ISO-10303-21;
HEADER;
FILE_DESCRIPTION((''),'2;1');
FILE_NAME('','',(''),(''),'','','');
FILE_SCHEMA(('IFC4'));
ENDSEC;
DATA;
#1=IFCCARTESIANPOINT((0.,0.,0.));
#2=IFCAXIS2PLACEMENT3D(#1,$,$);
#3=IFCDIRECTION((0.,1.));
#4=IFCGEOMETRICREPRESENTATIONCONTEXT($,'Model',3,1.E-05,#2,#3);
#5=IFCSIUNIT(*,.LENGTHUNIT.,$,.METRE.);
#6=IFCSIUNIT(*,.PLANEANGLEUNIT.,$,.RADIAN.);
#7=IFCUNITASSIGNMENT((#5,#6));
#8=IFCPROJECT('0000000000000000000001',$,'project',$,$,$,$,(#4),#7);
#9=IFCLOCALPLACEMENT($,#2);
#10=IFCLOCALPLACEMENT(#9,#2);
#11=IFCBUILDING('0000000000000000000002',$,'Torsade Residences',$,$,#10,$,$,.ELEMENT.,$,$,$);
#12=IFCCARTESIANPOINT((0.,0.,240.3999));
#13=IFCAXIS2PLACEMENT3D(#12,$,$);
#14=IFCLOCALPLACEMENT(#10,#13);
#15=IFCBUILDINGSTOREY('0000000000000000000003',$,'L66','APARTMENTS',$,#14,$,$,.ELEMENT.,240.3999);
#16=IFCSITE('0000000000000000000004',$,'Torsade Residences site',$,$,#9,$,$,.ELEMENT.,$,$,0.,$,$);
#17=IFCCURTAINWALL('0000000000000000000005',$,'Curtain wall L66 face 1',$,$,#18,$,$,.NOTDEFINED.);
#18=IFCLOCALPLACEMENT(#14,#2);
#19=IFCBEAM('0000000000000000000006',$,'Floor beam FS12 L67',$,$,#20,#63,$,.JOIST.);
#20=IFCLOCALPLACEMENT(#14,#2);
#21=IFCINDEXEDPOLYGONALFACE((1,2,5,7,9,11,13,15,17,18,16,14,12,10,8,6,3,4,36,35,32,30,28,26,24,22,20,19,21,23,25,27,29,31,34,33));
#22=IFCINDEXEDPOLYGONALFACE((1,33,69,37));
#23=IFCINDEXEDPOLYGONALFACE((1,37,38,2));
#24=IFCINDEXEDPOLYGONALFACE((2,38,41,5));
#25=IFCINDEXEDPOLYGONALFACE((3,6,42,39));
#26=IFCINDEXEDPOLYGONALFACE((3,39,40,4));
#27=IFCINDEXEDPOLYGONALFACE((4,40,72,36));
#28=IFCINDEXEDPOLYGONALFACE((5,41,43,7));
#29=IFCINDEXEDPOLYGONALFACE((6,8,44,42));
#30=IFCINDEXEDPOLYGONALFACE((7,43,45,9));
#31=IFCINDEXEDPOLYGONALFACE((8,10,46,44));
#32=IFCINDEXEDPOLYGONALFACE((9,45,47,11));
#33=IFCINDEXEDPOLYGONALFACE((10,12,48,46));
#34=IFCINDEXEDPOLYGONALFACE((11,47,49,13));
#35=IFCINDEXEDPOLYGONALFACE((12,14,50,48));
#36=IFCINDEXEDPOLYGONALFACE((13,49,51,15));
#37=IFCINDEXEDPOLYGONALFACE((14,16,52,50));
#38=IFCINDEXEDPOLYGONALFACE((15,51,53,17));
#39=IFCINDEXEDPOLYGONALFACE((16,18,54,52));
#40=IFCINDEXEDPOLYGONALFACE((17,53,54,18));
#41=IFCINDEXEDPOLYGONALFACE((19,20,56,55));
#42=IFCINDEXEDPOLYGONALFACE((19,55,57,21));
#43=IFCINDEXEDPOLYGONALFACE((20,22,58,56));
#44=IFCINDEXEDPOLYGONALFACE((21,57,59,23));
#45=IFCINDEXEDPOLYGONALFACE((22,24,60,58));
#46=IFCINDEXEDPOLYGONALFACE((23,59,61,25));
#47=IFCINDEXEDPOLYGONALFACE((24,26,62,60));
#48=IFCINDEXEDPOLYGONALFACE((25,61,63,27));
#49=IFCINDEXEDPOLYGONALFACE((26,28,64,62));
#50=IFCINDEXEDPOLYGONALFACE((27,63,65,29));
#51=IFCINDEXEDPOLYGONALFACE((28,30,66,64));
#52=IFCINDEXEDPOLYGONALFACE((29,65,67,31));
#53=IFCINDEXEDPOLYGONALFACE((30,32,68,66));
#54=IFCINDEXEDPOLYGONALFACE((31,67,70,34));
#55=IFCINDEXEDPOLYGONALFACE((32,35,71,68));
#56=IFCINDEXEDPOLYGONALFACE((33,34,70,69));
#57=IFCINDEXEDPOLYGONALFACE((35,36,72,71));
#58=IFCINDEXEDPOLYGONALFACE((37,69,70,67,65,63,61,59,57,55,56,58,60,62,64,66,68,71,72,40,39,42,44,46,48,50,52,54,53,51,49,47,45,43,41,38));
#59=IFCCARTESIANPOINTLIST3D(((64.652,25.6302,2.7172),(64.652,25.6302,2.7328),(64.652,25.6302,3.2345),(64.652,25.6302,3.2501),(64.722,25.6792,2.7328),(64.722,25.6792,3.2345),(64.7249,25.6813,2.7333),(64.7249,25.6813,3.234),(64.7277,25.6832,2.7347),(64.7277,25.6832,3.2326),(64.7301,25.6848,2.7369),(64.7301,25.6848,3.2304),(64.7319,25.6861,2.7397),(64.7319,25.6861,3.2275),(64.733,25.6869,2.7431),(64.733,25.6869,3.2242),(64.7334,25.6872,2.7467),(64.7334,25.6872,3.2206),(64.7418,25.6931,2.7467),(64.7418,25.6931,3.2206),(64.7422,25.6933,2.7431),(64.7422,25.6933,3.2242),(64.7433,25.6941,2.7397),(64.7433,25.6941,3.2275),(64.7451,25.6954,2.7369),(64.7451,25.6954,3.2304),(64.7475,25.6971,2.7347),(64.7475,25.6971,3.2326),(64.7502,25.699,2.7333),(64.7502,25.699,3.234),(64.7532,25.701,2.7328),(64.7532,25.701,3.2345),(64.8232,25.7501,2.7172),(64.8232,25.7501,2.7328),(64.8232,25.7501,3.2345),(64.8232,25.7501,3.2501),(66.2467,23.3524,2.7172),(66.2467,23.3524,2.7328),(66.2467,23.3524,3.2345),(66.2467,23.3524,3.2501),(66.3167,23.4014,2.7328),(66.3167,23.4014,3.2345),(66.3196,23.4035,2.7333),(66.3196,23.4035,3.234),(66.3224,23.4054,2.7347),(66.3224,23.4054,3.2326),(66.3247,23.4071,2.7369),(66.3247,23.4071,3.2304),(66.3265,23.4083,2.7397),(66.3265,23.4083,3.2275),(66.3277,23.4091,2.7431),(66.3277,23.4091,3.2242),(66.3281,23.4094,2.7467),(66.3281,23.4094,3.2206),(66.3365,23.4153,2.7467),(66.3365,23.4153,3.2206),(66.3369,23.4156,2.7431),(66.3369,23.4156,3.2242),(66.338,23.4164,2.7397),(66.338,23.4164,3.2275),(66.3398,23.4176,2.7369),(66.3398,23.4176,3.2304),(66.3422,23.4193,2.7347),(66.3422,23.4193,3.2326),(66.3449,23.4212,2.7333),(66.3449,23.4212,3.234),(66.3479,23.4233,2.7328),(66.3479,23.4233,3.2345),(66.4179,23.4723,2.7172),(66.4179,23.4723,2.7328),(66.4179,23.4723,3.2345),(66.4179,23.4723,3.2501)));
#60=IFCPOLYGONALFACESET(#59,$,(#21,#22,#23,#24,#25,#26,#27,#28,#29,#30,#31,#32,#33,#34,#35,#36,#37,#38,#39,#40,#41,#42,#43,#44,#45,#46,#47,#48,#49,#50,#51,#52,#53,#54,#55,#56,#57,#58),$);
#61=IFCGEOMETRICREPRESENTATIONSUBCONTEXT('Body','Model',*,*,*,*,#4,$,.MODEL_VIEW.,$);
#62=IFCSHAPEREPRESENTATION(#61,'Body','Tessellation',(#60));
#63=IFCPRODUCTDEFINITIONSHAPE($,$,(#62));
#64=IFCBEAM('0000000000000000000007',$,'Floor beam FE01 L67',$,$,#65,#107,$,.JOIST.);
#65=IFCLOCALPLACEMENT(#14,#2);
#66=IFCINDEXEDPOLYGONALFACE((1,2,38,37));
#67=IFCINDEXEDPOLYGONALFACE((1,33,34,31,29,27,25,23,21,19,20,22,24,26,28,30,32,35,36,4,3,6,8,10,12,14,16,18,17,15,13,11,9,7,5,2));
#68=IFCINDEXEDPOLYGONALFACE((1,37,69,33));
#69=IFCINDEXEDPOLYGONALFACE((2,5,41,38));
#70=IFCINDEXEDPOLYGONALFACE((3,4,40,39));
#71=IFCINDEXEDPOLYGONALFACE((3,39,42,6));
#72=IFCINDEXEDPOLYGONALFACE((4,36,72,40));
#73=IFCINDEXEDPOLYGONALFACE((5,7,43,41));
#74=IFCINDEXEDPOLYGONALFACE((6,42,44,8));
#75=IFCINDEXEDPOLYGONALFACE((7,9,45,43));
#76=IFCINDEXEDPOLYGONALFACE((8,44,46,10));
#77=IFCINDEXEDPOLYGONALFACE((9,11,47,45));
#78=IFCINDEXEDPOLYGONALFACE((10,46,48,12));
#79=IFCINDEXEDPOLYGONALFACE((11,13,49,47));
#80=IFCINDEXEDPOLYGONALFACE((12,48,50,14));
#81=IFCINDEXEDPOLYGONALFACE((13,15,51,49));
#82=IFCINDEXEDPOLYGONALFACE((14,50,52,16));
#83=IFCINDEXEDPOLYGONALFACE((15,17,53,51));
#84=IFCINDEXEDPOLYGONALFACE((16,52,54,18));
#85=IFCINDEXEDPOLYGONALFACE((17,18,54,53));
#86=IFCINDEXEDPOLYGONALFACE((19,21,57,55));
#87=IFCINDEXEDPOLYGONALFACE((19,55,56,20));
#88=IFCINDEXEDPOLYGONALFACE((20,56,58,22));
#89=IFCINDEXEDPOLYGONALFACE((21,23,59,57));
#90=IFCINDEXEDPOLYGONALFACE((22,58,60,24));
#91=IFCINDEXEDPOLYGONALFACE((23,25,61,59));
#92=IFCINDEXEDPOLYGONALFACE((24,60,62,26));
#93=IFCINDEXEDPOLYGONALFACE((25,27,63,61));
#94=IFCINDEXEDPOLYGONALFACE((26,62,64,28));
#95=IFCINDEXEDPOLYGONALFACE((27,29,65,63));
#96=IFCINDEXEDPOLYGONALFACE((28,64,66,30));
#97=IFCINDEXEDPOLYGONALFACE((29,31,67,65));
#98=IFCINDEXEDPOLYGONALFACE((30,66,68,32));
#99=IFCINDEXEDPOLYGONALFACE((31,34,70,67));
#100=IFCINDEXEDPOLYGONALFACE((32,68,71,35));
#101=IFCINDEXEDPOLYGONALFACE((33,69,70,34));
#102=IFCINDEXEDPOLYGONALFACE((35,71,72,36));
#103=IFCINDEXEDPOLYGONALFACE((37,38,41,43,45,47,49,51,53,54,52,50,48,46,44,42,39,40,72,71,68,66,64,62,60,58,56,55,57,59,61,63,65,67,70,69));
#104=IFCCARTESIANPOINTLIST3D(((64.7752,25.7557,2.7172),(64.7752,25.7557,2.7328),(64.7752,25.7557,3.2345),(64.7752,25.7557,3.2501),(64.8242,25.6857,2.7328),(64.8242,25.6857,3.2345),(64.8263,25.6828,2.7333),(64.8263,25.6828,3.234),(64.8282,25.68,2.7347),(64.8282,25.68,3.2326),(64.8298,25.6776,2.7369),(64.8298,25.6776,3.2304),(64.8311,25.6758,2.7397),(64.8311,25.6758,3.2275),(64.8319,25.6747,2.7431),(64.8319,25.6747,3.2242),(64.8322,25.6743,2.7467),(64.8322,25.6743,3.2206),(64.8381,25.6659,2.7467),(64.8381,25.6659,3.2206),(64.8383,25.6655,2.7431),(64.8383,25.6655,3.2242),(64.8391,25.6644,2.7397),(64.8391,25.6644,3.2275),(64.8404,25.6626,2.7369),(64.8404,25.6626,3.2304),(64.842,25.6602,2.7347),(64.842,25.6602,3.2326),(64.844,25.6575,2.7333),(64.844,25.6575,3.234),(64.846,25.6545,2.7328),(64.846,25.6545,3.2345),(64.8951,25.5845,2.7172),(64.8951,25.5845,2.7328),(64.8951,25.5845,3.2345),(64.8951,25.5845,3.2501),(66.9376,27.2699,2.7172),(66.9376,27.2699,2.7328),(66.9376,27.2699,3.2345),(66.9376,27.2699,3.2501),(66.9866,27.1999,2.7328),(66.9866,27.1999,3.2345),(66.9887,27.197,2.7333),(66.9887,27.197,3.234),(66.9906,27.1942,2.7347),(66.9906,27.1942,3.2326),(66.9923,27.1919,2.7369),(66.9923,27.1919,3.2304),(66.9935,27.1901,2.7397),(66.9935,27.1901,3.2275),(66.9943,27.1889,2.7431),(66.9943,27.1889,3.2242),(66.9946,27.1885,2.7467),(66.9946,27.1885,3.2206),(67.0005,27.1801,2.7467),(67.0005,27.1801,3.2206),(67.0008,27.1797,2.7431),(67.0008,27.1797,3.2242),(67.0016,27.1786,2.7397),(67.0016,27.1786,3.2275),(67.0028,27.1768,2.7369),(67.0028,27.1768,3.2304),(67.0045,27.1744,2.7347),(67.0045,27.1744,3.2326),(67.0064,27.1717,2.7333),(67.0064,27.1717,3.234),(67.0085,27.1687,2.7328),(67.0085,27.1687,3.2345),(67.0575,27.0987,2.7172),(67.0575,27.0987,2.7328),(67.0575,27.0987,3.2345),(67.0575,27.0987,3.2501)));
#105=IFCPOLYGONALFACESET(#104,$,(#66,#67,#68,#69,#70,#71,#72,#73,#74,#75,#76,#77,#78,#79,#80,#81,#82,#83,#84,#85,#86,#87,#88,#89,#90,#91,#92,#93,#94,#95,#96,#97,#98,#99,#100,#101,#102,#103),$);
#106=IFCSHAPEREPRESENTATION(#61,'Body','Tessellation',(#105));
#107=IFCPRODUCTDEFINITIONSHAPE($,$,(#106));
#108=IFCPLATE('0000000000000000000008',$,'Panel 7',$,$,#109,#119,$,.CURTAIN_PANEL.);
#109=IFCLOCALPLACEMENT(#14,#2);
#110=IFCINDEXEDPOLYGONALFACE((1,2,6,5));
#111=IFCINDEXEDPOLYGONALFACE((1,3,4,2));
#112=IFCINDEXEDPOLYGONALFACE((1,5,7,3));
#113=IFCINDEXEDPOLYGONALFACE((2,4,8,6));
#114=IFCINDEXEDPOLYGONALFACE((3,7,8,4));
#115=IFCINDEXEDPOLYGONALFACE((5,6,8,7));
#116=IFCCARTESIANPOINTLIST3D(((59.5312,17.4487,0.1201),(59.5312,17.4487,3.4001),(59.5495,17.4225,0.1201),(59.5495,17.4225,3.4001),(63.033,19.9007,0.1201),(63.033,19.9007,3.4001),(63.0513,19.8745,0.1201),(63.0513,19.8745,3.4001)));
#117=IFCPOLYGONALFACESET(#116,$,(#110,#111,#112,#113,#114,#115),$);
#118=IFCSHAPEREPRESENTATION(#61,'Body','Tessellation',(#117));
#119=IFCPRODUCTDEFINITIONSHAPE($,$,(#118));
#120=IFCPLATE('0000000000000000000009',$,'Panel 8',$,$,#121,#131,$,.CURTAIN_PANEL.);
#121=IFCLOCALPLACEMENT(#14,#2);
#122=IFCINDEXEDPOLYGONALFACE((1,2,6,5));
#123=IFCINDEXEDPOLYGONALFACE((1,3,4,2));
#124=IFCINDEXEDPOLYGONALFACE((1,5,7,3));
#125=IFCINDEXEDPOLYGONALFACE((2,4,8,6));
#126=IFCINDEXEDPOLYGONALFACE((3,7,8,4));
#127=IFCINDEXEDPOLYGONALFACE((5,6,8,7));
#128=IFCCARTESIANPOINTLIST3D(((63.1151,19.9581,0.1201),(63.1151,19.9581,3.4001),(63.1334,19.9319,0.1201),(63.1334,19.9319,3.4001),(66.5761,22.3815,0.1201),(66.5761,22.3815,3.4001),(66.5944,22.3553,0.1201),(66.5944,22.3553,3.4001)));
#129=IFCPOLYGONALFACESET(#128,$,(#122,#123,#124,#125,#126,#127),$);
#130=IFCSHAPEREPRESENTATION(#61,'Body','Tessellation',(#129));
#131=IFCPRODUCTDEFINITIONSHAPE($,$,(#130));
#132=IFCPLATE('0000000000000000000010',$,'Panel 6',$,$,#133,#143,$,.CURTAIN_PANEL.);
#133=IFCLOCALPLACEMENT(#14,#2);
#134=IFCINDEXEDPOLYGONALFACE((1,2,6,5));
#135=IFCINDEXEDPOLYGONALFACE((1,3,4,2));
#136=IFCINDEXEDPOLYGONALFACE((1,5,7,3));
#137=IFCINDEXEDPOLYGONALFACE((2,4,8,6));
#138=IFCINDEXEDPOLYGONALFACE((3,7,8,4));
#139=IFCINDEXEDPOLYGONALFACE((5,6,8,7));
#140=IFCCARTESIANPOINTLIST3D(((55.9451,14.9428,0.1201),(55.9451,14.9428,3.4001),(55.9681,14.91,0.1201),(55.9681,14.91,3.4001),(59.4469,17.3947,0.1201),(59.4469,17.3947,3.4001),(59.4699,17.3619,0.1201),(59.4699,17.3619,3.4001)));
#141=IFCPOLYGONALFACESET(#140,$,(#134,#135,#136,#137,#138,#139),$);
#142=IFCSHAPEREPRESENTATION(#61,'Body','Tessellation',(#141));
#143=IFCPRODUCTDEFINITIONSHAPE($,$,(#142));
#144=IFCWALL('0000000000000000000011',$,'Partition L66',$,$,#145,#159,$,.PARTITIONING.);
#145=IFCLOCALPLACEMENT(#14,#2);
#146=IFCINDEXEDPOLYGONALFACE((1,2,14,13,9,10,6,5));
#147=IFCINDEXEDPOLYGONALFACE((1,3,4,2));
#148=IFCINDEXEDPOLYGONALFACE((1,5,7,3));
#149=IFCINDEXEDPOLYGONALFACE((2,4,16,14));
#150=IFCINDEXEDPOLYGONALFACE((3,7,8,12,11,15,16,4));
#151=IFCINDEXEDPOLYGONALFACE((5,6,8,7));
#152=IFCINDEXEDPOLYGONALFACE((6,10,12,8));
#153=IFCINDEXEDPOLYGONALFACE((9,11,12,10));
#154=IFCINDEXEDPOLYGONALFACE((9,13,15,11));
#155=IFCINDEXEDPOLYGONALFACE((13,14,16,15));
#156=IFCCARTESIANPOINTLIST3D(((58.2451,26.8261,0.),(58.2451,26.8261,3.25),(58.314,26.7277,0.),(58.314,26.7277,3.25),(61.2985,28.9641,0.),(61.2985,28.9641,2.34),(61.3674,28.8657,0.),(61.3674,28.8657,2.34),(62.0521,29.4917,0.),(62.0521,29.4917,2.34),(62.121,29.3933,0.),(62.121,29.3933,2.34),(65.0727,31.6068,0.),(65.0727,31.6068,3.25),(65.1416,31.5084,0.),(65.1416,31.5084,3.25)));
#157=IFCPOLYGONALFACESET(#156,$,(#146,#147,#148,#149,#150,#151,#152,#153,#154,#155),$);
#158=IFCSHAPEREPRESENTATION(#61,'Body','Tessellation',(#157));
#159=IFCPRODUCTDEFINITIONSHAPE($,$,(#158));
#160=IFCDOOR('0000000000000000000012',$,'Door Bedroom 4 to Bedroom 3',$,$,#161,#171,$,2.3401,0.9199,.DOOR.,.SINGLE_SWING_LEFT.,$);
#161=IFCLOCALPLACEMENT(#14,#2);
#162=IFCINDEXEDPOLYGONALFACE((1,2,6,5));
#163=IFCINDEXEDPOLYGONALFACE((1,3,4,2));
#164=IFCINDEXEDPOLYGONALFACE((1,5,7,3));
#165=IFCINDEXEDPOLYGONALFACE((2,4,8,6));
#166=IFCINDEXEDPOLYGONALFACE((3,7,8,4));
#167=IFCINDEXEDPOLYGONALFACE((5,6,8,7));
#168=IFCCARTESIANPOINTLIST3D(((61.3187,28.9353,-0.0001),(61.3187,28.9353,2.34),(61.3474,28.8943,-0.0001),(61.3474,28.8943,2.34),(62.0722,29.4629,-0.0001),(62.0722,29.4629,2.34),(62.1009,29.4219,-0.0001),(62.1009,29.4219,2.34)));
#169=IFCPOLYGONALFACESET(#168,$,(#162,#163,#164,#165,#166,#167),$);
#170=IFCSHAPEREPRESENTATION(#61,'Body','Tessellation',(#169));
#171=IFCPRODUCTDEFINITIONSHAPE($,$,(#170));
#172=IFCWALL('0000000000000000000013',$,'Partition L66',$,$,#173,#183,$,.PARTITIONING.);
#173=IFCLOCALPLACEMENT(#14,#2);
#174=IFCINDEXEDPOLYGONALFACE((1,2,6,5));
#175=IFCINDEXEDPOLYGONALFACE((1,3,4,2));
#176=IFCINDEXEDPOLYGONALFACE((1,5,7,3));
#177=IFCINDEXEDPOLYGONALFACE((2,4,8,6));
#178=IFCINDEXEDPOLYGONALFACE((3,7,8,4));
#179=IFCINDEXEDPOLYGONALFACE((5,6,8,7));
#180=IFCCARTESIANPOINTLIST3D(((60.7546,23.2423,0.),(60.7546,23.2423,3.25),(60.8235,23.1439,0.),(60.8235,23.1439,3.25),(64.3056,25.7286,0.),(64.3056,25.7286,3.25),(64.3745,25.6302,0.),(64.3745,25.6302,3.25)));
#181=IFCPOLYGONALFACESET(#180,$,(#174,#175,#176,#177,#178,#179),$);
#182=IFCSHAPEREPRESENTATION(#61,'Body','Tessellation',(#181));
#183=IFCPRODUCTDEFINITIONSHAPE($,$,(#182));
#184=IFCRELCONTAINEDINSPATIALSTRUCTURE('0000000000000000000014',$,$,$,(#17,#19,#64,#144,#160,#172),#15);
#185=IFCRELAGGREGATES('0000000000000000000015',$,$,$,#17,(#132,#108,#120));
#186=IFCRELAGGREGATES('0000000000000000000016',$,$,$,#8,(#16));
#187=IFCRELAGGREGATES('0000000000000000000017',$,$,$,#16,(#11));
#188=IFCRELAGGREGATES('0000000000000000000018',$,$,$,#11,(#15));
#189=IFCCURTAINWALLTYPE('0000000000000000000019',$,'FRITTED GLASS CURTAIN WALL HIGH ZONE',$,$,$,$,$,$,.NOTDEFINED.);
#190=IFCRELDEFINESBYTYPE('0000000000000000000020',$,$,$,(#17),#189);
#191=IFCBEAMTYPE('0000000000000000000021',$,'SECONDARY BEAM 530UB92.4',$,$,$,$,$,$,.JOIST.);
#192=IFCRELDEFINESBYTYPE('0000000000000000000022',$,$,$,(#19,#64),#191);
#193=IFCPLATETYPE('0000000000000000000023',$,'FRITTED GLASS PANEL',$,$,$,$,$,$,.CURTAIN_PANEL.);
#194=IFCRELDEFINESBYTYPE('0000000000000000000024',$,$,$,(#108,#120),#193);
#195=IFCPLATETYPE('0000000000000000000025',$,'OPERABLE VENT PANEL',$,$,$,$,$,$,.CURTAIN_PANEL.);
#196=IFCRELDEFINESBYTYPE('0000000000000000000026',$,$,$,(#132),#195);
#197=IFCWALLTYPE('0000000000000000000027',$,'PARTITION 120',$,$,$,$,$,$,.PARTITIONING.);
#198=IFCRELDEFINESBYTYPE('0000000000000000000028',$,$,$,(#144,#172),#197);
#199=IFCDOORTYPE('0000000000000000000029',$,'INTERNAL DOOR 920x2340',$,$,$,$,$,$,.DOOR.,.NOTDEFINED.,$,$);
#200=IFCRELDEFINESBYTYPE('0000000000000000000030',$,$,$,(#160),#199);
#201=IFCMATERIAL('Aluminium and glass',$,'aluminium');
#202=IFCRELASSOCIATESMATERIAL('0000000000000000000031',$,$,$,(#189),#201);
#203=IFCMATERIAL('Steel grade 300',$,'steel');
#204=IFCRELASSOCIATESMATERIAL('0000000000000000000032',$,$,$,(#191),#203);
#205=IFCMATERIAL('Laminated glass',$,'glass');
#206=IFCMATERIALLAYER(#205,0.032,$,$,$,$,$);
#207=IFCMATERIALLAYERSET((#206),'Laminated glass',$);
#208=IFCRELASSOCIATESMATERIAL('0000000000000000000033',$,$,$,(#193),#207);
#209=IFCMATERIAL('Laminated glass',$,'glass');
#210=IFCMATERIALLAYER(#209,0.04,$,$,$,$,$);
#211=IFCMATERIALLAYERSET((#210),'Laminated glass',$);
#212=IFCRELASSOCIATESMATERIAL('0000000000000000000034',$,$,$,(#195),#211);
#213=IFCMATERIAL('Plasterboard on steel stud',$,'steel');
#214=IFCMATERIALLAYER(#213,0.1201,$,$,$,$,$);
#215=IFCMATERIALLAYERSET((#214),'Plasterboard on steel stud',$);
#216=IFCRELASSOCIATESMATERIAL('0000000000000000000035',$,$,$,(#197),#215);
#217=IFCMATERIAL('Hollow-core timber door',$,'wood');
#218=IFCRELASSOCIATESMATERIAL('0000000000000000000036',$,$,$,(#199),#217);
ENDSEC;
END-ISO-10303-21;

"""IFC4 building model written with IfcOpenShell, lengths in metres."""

from ifc_helpers import new_model, si_unit, direction, frame, frame_2d, origin, origin_2d, place, context, subcontext, project, spatial, rectangle, i_section, extrude, material, layer, layer_set, material_profile, profile_set, type_object, element, fill, aggregate, save


model = new_model("IFC4")

# Units and contexts
model_context = context("Model", 3, precision=1e-05, world=origin(), true_north=direction((0.0, 1.0)))
body_context = subcontext(model_context, "Body", "Model", "MODEL_VIEW")
ifc_project = project(units=[si_unit("LENGTHUNIT", "METRE"), si_unit("PLANEANGLEUNIT", "RADIAN")], contexts=[model_context])

# Site, building, storey
site_placement = place(None, origin())
site = spatial("IfcSite", under=ifc_project, at=site_placement, Name="Torsade Residences site", CompositionType="ELEMENT", RefElevation=0.0)
building_placement = place(site_placement, origin())
building = spatial("IfcBuilding", under=site, at=building_placement, Name="Torsade Residences", CompositionType="ELEMENT")
storey_placement = place(building_placement, frame((0.0, 0.0, 240.3999)))
storey = spatial("IfcBuildingStorey", under=building, at=storey_placement, Name="L66", Description="APARTMENTS", CompositionType="ELEMENT", Elevation=240.3999)

# Curtain wall
ifc_material_1 = material(Name="Aluminium and glass", Category="aluminium")
curtain_wall_type = type_object("IfcCurtainWallType", Name="FRITTED GLASS CURTAIN WALL HIGH ZONE", PredefinedType="NOTDEFINED", material=ifc_material_1)
curtain_wall_placement = place(storey_placement, origin())
curtain_wall = element("IfcCurtainWall", 1, at=curtain_wall_placement, inside=storey, type_object=curtain_wall_type, Name="Curtain wall L66 face 1", PredefinedType="NOTDEFINED")

# Beams
ifc_material_2 = material(Name="Steel grade 300", Category="steel")
ifc_material_profile_1 = material_profile(ifc_material_2, i_section(OverallWidth=0.209, OverallDepth=0.533, WebThickness=0.0103, FlangeThickness=0.0156, FilletRadius=0.0139, at=origin_2d()), Name="530UB92.4")
ifc_profile_set_1 = profile_set([ifc_material_profile_1], Name="Steel grade 300")
beam_type_1 = type_object("IfcBeamType", Name="SECONDARY BEAM 530UB92.4", PredefinedType="JOIST", material=ifc_profile_set_1)
beam_1_placement = place(storey_placement, frame((66.3323, 23.4124, 2.9836), z_axis=(-0.573521, 0.819191, 0.0), x_axis=(-0.819191, -0.573521, 0.0)))
element("IfcBeam", 2, at=beam_1_placement, inside=storey, type_object=beam_type_1, Name="Floor beam FS12 L67", PredefinedType="JOIST", context=body_context, shape_type="SweptSolid", body=[
    extrude(i_section(OverallWidth=0.209, OverallDepth=0.533, WebThickness=0.0103, FlangeThickness=0.0156, FilletRadius=0.0139, at=origin_2d()), origin(), (0.0, 0.0, 1.0), 2.7805),
])
beam_2_placement = place(storey_placement, frame((66.9976, 27.1843, 2.9836), z_axis=(-0.819141, -0.573593, 0.0), x_axis=(0.573593, -0.819141, 0.0)))
element("IfcBeam", 3, at=beam_2_placement, inside=storey, type_object=beam_type_1, Name="Floor beam FE01 L67", PredefinedType="JOIST", context=body_context, shape_type="SweptSolid", body=[
    extrude(i_section(OverallWidth=0.209, OverallDepth=0.533, WebThickness=0.0103, FlangeThickness=0.0156, FilletRadius=0.0139, at=origin_2d()), origin(), (0.0, 0.0, 1.0), 2.6399),
])

# Plates
ifc_material_3 = material(Name="Laminated glass", Category="glass")
ifc_layer_1 = layer(ifc_material_3, 0.032)
ifc_layer_set_1 = layer_set([ifc_layer_1], Name="Laminated glass")
plate_type_1 = type_object("IfcPlateType", Name="FRITTED GLASS PANEL", PredefinedType="CURTAIN_PANEL", material=ifc_layer_set_1)
plate_1_placement = place(storey_placement, frame((61.2913, 18.6616, 0.1201), z_axis=(0.0, 0.0, 1.0), x_axis=(0.819152, 0.573576, 0.0)))
plate_1 = element("IfcPlate", 4, at=plate_1_placement, type_object=plate_type_1, Name="Panel 7", PredefinedType="CURTAIN_PANEL", context=body_context, shape_type="SweptSolid", body=[
    extrude(rectangle(XDim=4.2749, YDim=0.032, at=origin_2d()), origin(), (0.0, 0.0, 1.0), 3.28),
])
plate_2_placement = place(storey_placement, frame((64.8547, 21.1567, 0.1201), z_axis=(0.0, 0.0, 1.0), x_axis=(0.819152, 0.573576, 0.0)))
plate_2 = element("IfcPlate", 5, at=plate_2_placement, type_object=plate_type_1, Name="Panel 8", PredefinedType="CURTAIN_PANEL", context=body_context, shape_type="SweptSolid", body=[
    extrude(rectangle(XDim=4.2251, YDim=0.032, at=origin_2d()), origin(), (0.0, 0.0, 1.0), 3.28),
])
ifc_material_4 = material(Name="Laminated glass", Category="glass")
ifc_layer_2 = layer(ifc_material_4, 0.04)
ifc_layer_set_2 = layer_set([ifc_layer_2], Name="Laminated glass")
plate_type_2 = type_object("IfcPlateType", Name="OPERABLE VENT PANEL", PredefinedType="CURTAIN_PANEL", material=ifc_layer_set_2)
plate_3_placement = place(storey_placement, frame((57.7075, 16.1523, 0.1201), z_axis=(0.0, 0.0, 1.0), x_axis=(0.819152, 0.573576, 0.0)))
plate_3 = element("IfcPlate", 6, at=plate_3_placement, type_object=plate_type_2, Name="Panel 6", PredefinedType="CURTAIN_PANEL", context=body_context, shape_type="SweptSolid", body=[
    extrude(rectangle(XDim=4.2749, YDim=0.04, at=origin_2d()), origin(), (0.0, 0.0, 1.0), 3.28),
])
aggregate(curtain_wall, [plate_3, plate_1, plate_2])

# Wall, opening, door
ifc_material_5 = material(Name="Plasterboard on steel stud", Category="steel")
ifc_layer_3 = layer(ifc_material_5, 0.1201)
ifc_layer_set_3 = layer_set([ifc_layer_3], Name="Plasterboard on steel stud")
wall_type_1 = type_object("IfcWallType", Name="PARTITION 120", PredefinedType="PARTITIONING", material=ifc_layer_set_3)
wall_1_placement = place(storey_placement, frame((58.2795, 26.7769, 0.0), z_axis=(0.0, 0.0, 1.0), x_axis=(0.819152, 0.573576, 0.0)))
wall_1 = element("IfcWall", 7, at=wall_1_placement, inside=storey, type_object=wall_type_1, Name="Partition L66", PredefinedType="PARTITIONING", context=body_context, shape_type="SweptSolid", body=[
    extrude(rectangle(XDim=8.335, YDim=0.1201, at=frame_2d((4.1675, 0.0))), origin(), (0.0, 0.0, 1.0), 3.25),
])
opening_1_placement = place(wall_1_placement, frame((3.7275, 0.0, 0.0)))
opening_1 = element("IfcOpeningElement", 8, at=opening_1_placement, cuts=wall_1, PredefinedType="OPENING", context=body_context, shape_type="SweptSolid", body=[
    extrude(rectangle(XDim=0.9199, YDim=2.3401, at=frame_2d((0.46, 1.1699))), frame((0.0, 0.0701, 0.0), z_axis=(0.0, -1.0, 0.0), x_axis=(1.0, 0.0, 0.0)), (0.0, 0.0, 1.0), 0.1401),
])
ifc_material_6 = material(Name="Hollow-core timber door", Category="wood")
door_type_1 = type_object("IfcDoorType", Name="INTERNAL DOOR 920x2340", OperationType="NOTDEFINED", PredefinedType="DOOR", material=ifc_material_6)
door_1_placement = place(opening_1_placement, origin())
door_1 = element("IfcDoor", 9, at=door_1_placement, inside=storey, type_object=door_type_1, Name="Door Bedroom 4 to Bedroom 3", OperationType="SINGLE_SWING_LEFT", OverallHeight=2.3401, OverallWidth=0.9199, PredefinedType="DOOR", context=body_context, shape_type="SweptSolid", body=[
    extrude(rectangle(XDim=0.9199, YDim=2.3401, at=frame_2d((0.46, 1.1699))), frame((0.0, 0.0249, 0.0), z_axis=(0.0, -1.0, 0.0), x_axis=(1.0, 0.0, 0.0)), (0.0, 0.0, 1.0), 0.05),
])
fill(opening_1, door_1)

# Wall
wall_2_placement = place(storey_placement, frame((64.3401, 25.6794, 0.0), z_axis=(0.0, 0.0, 1.0), x_axis=(-0.819166, -0.573557, 0.0)))
element("IfcWall", 10, at=wall_2_placement, inside=storey, type_object=wall_type_1, Name="Partition L66", PredefinedType="PARTITIONING", context=body_context, shape_type="SweptSolid", body=[
    extrude(rectangle(XDim=4.335, YDim=0.1201, at=frame_2d((2.1675, 0.0))), origin(), (0.0, 0.0, 1.0), 3.25),
])

save(model, "model.ifc")
